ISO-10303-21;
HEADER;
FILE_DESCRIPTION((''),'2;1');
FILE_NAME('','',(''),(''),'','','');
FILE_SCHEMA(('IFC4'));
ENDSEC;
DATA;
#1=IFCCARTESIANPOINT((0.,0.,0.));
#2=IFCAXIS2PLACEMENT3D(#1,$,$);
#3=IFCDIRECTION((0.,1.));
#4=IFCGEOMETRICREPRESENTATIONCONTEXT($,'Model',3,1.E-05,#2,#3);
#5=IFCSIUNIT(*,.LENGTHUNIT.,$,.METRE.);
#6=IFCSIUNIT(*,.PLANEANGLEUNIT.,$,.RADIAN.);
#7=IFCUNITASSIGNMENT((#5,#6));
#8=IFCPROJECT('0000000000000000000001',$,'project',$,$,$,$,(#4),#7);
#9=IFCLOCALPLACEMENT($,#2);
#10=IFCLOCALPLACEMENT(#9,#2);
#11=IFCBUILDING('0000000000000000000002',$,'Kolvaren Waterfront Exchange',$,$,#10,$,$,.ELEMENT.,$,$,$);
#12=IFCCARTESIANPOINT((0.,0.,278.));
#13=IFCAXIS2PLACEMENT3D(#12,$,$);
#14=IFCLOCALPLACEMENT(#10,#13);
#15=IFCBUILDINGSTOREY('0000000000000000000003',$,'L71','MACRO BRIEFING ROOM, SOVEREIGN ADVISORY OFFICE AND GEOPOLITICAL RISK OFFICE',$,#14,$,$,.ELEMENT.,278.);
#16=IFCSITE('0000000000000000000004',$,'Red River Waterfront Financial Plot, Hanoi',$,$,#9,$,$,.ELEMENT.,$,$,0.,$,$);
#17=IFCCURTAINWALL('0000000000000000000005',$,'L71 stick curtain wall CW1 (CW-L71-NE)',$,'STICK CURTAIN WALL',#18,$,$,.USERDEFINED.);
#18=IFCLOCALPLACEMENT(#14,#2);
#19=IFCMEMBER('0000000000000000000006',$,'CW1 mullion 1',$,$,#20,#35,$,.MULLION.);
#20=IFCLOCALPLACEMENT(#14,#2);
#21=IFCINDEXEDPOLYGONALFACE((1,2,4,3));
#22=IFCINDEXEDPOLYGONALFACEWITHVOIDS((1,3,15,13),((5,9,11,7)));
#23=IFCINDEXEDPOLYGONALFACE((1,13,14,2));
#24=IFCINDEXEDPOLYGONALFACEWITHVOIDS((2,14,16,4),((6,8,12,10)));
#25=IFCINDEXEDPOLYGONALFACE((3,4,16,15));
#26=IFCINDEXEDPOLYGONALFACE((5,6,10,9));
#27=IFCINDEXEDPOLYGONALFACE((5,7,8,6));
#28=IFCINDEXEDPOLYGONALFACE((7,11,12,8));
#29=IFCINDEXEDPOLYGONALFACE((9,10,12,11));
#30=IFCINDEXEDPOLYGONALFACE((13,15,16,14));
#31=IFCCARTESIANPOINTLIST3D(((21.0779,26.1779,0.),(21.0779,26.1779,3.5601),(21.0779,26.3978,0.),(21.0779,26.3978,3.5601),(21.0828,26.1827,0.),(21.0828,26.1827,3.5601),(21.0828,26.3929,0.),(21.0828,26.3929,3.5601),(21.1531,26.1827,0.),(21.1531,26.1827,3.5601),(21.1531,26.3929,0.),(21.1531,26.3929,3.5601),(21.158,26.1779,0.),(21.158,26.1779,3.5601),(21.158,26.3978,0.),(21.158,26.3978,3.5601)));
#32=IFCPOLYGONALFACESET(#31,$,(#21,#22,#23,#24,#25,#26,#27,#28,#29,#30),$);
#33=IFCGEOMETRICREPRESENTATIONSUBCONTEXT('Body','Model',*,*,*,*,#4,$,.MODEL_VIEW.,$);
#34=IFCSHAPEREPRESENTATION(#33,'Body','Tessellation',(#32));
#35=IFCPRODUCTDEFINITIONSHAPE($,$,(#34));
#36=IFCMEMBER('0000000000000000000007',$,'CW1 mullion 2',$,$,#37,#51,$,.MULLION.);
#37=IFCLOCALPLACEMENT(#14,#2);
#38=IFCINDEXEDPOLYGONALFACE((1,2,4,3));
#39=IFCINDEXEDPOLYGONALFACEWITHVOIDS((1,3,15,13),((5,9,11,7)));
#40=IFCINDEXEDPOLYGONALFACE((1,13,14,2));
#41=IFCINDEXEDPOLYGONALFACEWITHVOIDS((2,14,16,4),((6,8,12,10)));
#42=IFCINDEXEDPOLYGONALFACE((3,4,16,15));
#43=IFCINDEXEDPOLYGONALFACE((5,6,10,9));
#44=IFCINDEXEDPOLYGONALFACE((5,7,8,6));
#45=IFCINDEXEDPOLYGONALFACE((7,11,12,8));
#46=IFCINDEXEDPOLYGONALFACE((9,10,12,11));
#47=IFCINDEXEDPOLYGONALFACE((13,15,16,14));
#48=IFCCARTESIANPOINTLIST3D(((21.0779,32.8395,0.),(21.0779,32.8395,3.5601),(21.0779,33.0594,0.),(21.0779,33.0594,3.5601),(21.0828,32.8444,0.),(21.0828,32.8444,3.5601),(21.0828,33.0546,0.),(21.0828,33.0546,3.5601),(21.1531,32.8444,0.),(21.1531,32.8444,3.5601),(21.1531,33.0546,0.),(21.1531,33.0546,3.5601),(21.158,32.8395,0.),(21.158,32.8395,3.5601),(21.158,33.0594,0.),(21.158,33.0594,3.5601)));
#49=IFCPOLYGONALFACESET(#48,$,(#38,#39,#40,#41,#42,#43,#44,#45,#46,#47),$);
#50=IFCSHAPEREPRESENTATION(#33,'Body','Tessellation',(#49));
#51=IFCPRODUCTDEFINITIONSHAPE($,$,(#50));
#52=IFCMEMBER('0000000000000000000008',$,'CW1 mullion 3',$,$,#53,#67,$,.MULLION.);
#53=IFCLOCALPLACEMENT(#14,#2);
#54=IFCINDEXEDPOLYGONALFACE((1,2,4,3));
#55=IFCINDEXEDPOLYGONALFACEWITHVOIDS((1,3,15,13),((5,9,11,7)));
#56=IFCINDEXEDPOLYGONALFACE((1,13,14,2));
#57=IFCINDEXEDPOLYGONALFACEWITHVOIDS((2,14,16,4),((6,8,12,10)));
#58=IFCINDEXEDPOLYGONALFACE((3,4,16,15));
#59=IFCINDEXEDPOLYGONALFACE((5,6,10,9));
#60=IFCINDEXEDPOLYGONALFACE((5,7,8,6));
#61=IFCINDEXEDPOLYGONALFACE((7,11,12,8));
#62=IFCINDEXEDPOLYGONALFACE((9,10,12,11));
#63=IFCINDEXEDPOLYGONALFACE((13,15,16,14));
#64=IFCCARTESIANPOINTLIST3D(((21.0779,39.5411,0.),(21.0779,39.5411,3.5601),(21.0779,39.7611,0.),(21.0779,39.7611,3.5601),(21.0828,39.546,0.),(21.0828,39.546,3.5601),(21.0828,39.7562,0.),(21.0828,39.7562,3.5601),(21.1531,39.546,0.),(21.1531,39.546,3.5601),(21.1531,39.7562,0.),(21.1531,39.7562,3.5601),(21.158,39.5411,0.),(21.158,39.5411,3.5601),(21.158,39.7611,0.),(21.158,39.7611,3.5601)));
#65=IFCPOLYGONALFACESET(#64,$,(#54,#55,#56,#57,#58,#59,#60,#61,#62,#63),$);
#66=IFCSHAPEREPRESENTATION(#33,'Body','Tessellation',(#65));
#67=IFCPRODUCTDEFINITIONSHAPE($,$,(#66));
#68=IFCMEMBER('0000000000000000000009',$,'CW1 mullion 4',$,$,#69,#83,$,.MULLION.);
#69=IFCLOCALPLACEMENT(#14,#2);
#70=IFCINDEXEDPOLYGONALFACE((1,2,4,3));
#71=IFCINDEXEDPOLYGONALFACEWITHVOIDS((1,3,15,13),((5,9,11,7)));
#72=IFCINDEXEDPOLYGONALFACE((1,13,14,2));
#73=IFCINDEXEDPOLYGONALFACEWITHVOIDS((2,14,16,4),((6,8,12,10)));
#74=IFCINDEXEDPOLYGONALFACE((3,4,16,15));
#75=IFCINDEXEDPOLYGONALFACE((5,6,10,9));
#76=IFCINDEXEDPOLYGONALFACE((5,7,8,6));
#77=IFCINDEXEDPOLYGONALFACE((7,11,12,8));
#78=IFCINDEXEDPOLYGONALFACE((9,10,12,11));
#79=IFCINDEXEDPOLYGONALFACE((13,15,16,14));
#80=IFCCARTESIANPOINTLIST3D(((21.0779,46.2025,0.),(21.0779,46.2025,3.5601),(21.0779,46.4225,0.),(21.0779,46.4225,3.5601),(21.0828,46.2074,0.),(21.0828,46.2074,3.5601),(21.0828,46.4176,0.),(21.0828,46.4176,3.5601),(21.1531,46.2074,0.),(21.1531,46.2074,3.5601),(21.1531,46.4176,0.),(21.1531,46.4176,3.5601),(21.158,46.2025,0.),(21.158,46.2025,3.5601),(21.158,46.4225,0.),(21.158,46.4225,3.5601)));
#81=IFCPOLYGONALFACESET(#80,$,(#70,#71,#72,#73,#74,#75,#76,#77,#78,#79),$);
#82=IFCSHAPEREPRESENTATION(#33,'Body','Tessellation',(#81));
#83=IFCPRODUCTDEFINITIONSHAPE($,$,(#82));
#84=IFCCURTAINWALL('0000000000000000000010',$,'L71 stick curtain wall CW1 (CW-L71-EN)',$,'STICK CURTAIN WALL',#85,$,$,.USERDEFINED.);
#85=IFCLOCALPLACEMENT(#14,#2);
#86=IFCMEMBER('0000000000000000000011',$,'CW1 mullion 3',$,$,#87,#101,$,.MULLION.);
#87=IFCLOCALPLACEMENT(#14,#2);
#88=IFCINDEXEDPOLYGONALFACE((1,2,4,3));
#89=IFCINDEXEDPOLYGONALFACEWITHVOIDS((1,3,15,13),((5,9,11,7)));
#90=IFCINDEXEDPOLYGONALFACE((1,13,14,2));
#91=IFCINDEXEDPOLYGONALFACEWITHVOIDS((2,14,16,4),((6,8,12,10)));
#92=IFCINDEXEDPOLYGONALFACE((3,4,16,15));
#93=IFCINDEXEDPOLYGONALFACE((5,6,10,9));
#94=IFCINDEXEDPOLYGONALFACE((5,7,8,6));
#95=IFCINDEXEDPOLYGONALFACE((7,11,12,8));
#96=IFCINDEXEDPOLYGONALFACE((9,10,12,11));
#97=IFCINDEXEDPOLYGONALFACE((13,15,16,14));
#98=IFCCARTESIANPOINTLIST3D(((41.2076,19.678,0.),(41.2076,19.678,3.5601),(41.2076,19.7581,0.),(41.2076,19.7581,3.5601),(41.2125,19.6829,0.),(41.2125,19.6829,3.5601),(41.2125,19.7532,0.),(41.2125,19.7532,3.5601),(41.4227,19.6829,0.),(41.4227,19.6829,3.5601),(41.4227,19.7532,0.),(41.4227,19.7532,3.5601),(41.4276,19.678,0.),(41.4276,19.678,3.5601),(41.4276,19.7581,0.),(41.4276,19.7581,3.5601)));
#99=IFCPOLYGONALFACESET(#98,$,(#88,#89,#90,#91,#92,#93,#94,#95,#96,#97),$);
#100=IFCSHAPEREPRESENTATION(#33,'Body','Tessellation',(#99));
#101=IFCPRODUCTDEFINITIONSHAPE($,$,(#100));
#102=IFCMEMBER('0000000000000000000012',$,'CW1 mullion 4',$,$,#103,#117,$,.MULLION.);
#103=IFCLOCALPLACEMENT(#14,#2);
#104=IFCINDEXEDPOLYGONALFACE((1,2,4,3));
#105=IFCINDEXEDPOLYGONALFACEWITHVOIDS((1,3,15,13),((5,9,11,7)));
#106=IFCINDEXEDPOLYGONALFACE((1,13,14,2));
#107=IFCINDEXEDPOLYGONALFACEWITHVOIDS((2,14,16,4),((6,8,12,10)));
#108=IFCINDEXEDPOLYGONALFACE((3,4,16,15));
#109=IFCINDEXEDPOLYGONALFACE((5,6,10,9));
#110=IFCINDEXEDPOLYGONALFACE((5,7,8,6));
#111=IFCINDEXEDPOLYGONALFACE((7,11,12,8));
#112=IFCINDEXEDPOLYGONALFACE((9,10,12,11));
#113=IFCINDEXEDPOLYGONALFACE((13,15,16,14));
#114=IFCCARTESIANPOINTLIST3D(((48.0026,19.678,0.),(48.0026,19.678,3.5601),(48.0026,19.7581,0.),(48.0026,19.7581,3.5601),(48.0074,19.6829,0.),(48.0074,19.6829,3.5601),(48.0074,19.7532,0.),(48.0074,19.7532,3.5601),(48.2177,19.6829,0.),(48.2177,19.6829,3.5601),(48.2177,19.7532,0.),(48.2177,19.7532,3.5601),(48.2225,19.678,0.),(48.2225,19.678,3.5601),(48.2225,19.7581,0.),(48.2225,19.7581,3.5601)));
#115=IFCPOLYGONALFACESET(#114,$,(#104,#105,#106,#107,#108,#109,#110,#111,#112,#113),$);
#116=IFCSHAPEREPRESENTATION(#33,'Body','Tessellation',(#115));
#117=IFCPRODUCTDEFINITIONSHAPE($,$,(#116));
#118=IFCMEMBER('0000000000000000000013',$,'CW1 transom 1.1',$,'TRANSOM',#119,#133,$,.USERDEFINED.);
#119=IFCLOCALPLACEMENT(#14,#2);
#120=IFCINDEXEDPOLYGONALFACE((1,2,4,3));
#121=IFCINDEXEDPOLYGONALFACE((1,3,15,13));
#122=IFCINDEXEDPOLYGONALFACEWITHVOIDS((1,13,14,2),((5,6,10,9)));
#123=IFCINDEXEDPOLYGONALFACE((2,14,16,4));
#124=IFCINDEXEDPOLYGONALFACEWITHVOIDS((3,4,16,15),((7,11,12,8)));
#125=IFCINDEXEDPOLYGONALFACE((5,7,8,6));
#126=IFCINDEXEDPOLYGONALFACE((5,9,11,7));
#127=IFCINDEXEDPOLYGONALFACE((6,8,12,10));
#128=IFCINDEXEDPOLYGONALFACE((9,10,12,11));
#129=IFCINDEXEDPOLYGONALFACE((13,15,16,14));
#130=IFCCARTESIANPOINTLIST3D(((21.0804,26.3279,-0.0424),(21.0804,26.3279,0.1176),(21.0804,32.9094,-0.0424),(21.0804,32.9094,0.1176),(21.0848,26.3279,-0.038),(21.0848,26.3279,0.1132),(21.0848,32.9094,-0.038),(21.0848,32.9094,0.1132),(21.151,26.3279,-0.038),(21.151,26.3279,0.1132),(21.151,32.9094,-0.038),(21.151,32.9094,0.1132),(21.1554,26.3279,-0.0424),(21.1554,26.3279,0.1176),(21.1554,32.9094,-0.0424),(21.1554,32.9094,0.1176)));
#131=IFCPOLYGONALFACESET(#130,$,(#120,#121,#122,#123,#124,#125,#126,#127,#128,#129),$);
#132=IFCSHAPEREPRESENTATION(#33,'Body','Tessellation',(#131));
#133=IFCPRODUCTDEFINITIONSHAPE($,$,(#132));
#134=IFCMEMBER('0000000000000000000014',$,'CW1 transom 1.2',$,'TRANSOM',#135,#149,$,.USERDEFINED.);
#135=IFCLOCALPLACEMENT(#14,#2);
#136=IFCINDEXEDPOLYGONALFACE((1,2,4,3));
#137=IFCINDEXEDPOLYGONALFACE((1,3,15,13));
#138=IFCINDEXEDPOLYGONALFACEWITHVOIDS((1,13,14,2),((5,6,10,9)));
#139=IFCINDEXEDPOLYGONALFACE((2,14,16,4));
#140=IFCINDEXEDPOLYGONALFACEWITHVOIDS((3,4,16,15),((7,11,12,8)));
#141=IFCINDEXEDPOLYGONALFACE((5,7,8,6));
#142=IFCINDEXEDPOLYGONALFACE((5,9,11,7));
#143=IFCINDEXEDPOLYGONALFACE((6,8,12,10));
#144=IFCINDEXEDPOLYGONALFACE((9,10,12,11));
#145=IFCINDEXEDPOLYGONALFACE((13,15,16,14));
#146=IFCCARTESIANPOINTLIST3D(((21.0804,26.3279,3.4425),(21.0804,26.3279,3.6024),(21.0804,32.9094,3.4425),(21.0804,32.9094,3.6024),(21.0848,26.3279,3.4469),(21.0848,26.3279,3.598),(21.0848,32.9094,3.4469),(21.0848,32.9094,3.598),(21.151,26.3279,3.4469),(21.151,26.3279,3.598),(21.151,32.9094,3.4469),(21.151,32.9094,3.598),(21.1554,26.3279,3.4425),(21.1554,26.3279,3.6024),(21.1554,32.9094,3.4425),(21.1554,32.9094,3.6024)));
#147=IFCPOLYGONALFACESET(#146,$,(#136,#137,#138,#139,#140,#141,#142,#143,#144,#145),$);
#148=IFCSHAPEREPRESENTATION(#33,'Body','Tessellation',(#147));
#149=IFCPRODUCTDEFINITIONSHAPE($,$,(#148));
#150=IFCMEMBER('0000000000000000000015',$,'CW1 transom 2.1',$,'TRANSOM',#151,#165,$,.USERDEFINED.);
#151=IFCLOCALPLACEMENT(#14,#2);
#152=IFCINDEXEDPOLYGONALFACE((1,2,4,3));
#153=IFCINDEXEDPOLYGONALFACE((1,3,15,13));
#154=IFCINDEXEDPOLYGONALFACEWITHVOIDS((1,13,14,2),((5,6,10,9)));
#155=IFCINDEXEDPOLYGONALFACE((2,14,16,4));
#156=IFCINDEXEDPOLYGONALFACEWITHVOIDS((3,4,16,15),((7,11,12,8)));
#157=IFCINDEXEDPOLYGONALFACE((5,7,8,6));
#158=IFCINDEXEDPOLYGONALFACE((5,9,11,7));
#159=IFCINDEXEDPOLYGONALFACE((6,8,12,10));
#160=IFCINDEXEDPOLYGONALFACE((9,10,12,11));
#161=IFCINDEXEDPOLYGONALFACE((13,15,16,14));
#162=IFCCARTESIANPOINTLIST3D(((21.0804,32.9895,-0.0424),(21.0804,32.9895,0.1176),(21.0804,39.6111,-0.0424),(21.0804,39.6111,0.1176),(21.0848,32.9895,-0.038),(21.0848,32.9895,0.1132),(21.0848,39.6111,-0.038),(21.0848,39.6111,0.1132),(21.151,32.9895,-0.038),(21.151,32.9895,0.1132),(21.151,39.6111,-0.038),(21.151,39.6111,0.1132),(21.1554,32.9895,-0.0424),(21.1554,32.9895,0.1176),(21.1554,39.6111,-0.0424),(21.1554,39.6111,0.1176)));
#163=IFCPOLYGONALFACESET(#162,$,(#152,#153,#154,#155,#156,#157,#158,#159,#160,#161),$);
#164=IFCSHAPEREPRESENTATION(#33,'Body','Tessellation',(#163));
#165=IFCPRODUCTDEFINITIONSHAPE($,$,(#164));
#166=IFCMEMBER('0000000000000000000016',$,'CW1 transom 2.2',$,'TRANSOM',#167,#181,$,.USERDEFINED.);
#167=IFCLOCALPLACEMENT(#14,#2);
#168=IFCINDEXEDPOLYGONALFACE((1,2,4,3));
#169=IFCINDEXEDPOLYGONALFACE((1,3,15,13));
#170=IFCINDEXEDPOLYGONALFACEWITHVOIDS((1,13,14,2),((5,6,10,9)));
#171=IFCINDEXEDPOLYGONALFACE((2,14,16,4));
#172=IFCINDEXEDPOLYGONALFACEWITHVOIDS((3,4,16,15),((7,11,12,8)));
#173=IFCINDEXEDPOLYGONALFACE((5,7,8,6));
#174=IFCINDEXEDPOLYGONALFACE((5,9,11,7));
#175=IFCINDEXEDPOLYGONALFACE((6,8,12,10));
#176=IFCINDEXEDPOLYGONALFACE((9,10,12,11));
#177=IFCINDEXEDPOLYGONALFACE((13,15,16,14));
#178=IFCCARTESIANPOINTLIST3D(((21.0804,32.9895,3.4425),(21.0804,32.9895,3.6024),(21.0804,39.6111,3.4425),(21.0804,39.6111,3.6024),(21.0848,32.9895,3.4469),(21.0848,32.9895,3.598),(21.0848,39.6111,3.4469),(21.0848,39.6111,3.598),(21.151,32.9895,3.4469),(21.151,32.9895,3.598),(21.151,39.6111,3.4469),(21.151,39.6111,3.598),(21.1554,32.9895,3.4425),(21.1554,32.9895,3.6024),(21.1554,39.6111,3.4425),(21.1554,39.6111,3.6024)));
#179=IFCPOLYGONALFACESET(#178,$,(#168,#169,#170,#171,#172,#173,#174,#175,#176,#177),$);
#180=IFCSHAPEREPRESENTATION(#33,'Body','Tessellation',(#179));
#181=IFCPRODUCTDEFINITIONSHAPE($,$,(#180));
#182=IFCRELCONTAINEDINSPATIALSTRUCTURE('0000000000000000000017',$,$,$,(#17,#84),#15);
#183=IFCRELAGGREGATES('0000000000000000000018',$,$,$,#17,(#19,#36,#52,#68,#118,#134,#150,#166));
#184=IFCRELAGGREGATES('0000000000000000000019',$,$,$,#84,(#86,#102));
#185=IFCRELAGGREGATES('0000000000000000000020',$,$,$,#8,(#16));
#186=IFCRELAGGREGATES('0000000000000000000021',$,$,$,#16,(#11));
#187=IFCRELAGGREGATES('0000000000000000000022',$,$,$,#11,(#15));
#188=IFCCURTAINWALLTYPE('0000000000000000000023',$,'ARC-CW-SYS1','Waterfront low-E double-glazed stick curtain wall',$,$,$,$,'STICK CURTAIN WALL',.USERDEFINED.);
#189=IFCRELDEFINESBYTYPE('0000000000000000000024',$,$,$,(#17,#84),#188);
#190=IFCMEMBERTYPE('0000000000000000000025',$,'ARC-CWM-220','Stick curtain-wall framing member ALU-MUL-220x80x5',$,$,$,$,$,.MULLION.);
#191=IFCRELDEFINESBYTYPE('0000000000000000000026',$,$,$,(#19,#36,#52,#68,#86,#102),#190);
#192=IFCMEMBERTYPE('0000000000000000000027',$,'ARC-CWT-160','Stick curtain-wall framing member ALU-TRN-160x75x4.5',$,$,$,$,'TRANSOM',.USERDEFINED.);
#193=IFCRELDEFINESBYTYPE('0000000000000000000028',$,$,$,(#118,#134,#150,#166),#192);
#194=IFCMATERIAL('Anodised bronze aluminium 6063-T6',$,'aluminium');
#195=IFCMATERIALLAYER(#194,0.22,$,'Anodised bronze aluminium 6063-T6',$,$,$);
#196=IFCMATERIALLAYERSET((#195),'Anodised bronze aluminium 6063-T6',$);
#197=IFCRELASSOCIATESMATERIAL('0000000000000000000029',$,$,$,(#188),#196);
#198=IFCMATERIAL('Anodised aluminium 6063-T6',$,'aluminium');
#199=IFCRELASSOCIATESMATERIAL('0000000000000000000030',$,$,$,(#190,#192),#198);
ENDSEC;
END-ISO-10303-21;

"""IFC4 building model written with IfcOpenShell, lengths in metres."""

from ifc_helpers import new_model, si_unit, direction, frame, origin, origin_with_axes, origin_2d, place, context, subcontext, project, spatial, hollow_rectangle, extrude, source, transform, mapped, material, layer, layer_set, material_profile, profile_set, type_object, element, aggregate, save


model = new_model("IFC4")

# Units and contexts
model_context = context("Model", 3, precision=1e-05, world=origin(), true_north=direction((0.0, 1.0)))
body_context = subcontext(model_context, "Body", "Model", "MODEL_VIEW")
ifc_project = project(units=[si_unit("LENGTHUNIT", "METRE"), si_unit("PLANEANGLEUNIT", "RADIAN")], contexts=[model_context])

# Site, building, storey
site_placement = place(None, origin())
site = spatial("IfcSite", under=ifc_project, at=site_placement, Name="Red River Waterfront Financial Plot, Hanoi", CompositionType="ELEMENT", RefElevation=0.0)
building_placement = place(site_placement, origin())
building = spatial("IfcBuilding", under=site, at=building_placement, Name="Kolvaren Waterfront Exchange", CompositionType="ELEMENT")
storey_placement = place(building_placement, frame((0.0, 0.0, 278.0)))
storey = spatial("IfcBuildingStorey", under=building, at=storey_placement, Name="L71", Description="MACRO BRIEFING ROOM, SOVEREIGN ADVISORY OFFICE AND GEOPOLITICAL RISK OFFICE", CompositionType="ELEMENT", Elevation=278.0)

# Curtain walls, members
ifc_material_1 = material(Name="Anodised bronze aluminium 6063-T6", Category="aluminium")
ifc_layer_1 = layer(ifc_material_1, 0.22, Name="Anodised bronze aluminium 6063-T6")
ifc_layer_set_1 = layer_set([ifc_layer_1], Name="Anodised bronze aluminium 6063-T6")
curtain_wall_type = type_object("IfcCurtainWallType", Name="ARC-CW-SYS1", Description="Waterfront low-E double-glazed stick curtain wall", ElementType="STICK CURTAIN WALL", PredefinedType="USERDEFINED", material=ifc_layer_set_1)
curtain_wall_1_placement = place(storey_placement, origin())
curtain_wall_1 = element("IfcCurtainWall", 1, at=curtain_wall_1_placement, inside=storey, type_object=curtain_wall_type, Name="L71 stick curtain wall CW1 (CW-L71-NE)", ObjectType="STICK CURTAIN WALL", PredefinedType="USERDEFINED")
ifc_material_2 = material(Name="Anodised aluminium 6063-T6", Category="aluminium")
ifc_material_profile_1 = material_profile(ifc_material_2, hollow_rectangle(XDim=0.0801, YDim=0.22, WallThickness=0.0049, at=origin_2d()), Name="ALU-MUL-220x80x5")
ifc_profile_set_1 = profile_set([ifc_material_profile_1], Name="Anodised aluminium 6063-T6")
member_type_1 = type_object("IfcMemberType", Name="ARC-CWM-220", Description="Stick curtain-wall framing member ALU-MUL-220x80x5", PredefinedType="MULLION", material=ifc_profile_set_1)
shared_shape_1 = source(origin_with_axes(), body_context, "Body", "SweptSolid", [
    extrude(hollow_rectangle(XDim=0.0801, YDim=0.22, WallThickness=0.0049, at=origin_2d()), origin(), (0.0, 0.0, 1.0), 3.5601),
])
member_1_placement = place(storey_placement, frame((21.1179, 26.2878, 0.0), z_axis=(0.0, 0.0, 1.0), x_axis=(-1.0, 0.0, 0.0)))
member_1 = element("IfcMember", 2, at=member_1_placement, type_object=member_type_1, Name="CW1 mullion 1", PredefinedType="MULLION", context=body_context, shape_type="MappedRepresentation", body=[
    mapped(shared_shape_1, transform((0.0, 0.0, 0.0), x_axis=(1.0, 0.0, 0.0), y_axis=(0.0, 1.0, 0.0), z_axis=(0.0, 0.0, 1.0), scale=1.0)),
])
member_2_placement = place(storey_placement, frame((21.1179, 32.9495, 0.0), z_axis=(0.0, 0.0, 1.0), x_axis=(-1.0, 0.0, 0.0)))
member_2 = element("IfcMember", 3, at=member_2_placement, type_object=member_type_1, Name="CW1 mullion 2", PredefinedType="MULLION", context=body_context, shape_type="MappedRepresentation", body=[
    mapped(shared_shape_1, transform((0.0, 0.0, 0.0), x_axis=(1.0, 0.0, 0.0), y_axis=(0.0, 1.0, 0.0), z_axis=(0.0, 0.0, 1.0), scale=1.0)),
])
member_3_placement = place(storey_placement, frame((21.1179, 39.6511, 0.0), z_axis=(0.0, 0.0, 1.0), x_axis=(-1.0, 0.0, 0.0)))
member_3 = element("IfcMember", 4, at=member_3_placement, type_object=member_type_1, Name="CW1 mullion 3", PredefinedType="MULLION", context=body_context, shape_type="MappedRepresentation", body=[
    mapped(shared_shape_1, transform((0.0, 0.0, 0.0), x_axis=(1.0, 0.0, 0.0), y_axis=(0.0, 1.0, 0.0), z_axis=(0.0, 0.0, 1.0), scale=1.0)),
])
member_4_placement = place(storey_placement, frame((21.1179, 46.3125, 0.0), z_axis=(0.0, 0.0, 1.0), x_axis=(-1.0, 0.0, 0.0)))
member_4 = element("IfcMember", 5, at=member_4_placement, type_object=member_type_1, Name="CW1 mullion 4", PredefinedType="MULLION", context=body_context, shape_type="MappedRepresentation", body=[
    mapped(shared_shape_1, transform((0.0, 0.0, 0.0), x_axis=(1.0, 0.0, 0.0), y_axis=(0.0, 1.0, 0.0), z_axis=(0.0, 0.0, 1.0), scale=1.0)),
])
curtain_wall_2_placement = place(storey_placement, origin())
curtain_wall_2 = element("IfcCurtainWall", 6, at=curtain_wall_2_placement, inside=storey, type_object=curtain_wall_type, Name="L71 stick curtain wall CW1 (CW-L71-EN)", ObjectType="STICK CURTAIN WALL", PredefinedType="USERDEFINED")
member_5_placement = place(storey_placement, frame((41.3176, 19.718, 0.0), z_axis=(0.0, 0.0, 1.0), x_axis=(0.0, 1.0, 0.0)))
member_5 = element("IfcMember", 7, at=member_5_placement, type_object=member_type_1, Name="CW1 mullion 3", PredefinedType="MULLION", context=body_context, shape_type="MappedRepresentation", body=[
    mapped(shared_shape_1, transform((0.0, 0.0, 0.0), x_axis=(1.0, 0.0, 0.0), y_axis=(0.0, 1.0, 0.0), z_axis=(0.0, 0.0, 1.0), scale=1.0)),
])
member_6_placement = place(storey_placement, frame((48.1125, 19.718, 0.0), z_axis=(0.0, 0.0, 1.0), x_axis=(0.0, 1.0, 0.0)))
member_6 = element("IfcMember", 8, at=member_6_placement, type_object=member_type_1, Name="CW1 mullion 4", PredefinedType="MULLION", context=body_context, shape_type="MappedRepresentation", body=[
    mapped(shared_shape_1, transform((0.0, 0.0, 0.0), x_axis=(1.0, 0.0, 0.0), y_axis=(0.0, 1.0, 0.0), z_axis=(0.0, 0.0, 1.0), scale=1.0)),
])

# Members
ifc_material_profile_2 = material_profile(ifc_material_2, hollow_rectangle(XDim=0.075, YDim=0.1599, WallThickness=0.0044, at=origin_2d()), Name="ALU-TRN-160x75x4.5")
ifc_profile_set_2 = profile_set([ifc_material_profile_2], Name="Anodised aluminium 6063-T6")
member_type_2 = type_object("IfcMemberType", Name="ARC-CWT-160", Description="Stick curtain-wall framing member ALU-TRN-160x75x4.5", ElementType="TRANSOM", PredefinedType="USERDEFINED", material=ifc_profile_set_2)
shared_shape_2 = source(origin_with_axes(), body_context, "Body", "SweptSolid", [
    extrude(hollow_rectangle(XDim=0.075, YDim=0.1599, WallThickness=0.0044, at=origin_2d()), origin(), (0.0, 0.0, 1.0), 6.5815),
])
member_7_placement = place(storey_placement, frame((21.1179, 26.3279, 0.0376), z_axis=(0.0, 1.0, 0.0), x_axis=(-1.0, 0.0, 0.0)))
member_7 = element("IfcMember", 9, at=member_7_placement, type_object=member_type_2, Name="CW1 transom 1.1", ObjectType="TRANSOM", PredefinedType="USERDEFINED", context=body_context, shape_type="MappedRepresentation", body=[
    mapped(shared_shape_2, transform((0.0, 0.0, 0.0), x_axis=(1.0, 0.0, 0.0), y_axis=(0.0, 1.0, 0.0), z_axis=(0.0, 0.0, 1.0), scale=1.0)),
])
member_8_placement = place(storey_placement, frame((21.1179, 26.3279, 3.5225), z_axis=(0.0, 1.0, 0.0), x_axis=(-1.0, 0.0, 0.0)))
member_8 = element("IfcMember", 10, at=member_8_placement, type_object=member_type_2, Name="CW1 transom 1.2", ObjectType="TRANSOM", PredefinedType="USERDEFINED", context=body_context, shape_type="MappedRepresentation", body=[
    mapped(shared_shape_2, transform((0.0, 0.0, 0.0), x_axis=(1.0, 0.0, 0.0), y_axis=(0.0, 1.0, 0.0), z_axis=(0.0, 0.0, 1.0), scale=1.0)),
])
shared_shape_3 = source(origin_with_axes(), body_context, "Body", "SweptSolid", [
    extrude(hollow_rectangle(XDim=0.075, YDim=0.1599, WallThickness=0.0044, at=origin_2d()), origin(), (0.0, 0.0, 1.0), 6.6216),
])
member_9_placement = place(storey_placement, frame((21.1179, 32.9895, 0.0376), z_axis=(0.0, 1.0, 0.0), x_axis=(-1.0, 0.0, 0.0)))
member_9 = element("IfcMember", 11, at=member_9_placement, type_object=member_type_2, Name="CW1 transom 2.1", ObjectType="TRANSOM", PredefinedType="USERDEFINED", context=body_context, shape_type="MappedRepresentation", body=[
    mapped(shared_shape_3, transform((0.0, 0.0, 0.0), x_axis=(1.0, 0.0, 0.0), y_axis=(0.0, 1.0, 0.0), z_axis=(0.0, 0.0, 1.0), scale=1.0)),
])
member_10_placement = place(storey_placement, frame((21.1179, 32.9895, 3.5225), z_axis=(0.0, 1.0, 0.0), x_axis=(-1.0, 0.0, 0.0)))
member_10 = element("IfcMember", 12, at=member_10_placement, type_object=member_type_2, Name="CW1 transom 2.2", ObjectType="TRANSOM", PredefinedType="USERDEFINED", context=body_context, shape_type="MappedRepresentation", body=[
    mapped(shared_shape_3, transform((0.0, 0.0, 0.0), x_axis=(1.0, 0.0, 0.0), y_axis=(0.0, 1.0, 0.0), z_axis=(0.0, 0.0, 1.0), scale=1.0)),
])

aggregate(curtain_wall_1, [member_1, member_2, member_3, member_4, member_7, member_8, member_9, member_10])
aggregate(curtain_wall_2, [member_5, member_6])

save(model, "model.ifc")
